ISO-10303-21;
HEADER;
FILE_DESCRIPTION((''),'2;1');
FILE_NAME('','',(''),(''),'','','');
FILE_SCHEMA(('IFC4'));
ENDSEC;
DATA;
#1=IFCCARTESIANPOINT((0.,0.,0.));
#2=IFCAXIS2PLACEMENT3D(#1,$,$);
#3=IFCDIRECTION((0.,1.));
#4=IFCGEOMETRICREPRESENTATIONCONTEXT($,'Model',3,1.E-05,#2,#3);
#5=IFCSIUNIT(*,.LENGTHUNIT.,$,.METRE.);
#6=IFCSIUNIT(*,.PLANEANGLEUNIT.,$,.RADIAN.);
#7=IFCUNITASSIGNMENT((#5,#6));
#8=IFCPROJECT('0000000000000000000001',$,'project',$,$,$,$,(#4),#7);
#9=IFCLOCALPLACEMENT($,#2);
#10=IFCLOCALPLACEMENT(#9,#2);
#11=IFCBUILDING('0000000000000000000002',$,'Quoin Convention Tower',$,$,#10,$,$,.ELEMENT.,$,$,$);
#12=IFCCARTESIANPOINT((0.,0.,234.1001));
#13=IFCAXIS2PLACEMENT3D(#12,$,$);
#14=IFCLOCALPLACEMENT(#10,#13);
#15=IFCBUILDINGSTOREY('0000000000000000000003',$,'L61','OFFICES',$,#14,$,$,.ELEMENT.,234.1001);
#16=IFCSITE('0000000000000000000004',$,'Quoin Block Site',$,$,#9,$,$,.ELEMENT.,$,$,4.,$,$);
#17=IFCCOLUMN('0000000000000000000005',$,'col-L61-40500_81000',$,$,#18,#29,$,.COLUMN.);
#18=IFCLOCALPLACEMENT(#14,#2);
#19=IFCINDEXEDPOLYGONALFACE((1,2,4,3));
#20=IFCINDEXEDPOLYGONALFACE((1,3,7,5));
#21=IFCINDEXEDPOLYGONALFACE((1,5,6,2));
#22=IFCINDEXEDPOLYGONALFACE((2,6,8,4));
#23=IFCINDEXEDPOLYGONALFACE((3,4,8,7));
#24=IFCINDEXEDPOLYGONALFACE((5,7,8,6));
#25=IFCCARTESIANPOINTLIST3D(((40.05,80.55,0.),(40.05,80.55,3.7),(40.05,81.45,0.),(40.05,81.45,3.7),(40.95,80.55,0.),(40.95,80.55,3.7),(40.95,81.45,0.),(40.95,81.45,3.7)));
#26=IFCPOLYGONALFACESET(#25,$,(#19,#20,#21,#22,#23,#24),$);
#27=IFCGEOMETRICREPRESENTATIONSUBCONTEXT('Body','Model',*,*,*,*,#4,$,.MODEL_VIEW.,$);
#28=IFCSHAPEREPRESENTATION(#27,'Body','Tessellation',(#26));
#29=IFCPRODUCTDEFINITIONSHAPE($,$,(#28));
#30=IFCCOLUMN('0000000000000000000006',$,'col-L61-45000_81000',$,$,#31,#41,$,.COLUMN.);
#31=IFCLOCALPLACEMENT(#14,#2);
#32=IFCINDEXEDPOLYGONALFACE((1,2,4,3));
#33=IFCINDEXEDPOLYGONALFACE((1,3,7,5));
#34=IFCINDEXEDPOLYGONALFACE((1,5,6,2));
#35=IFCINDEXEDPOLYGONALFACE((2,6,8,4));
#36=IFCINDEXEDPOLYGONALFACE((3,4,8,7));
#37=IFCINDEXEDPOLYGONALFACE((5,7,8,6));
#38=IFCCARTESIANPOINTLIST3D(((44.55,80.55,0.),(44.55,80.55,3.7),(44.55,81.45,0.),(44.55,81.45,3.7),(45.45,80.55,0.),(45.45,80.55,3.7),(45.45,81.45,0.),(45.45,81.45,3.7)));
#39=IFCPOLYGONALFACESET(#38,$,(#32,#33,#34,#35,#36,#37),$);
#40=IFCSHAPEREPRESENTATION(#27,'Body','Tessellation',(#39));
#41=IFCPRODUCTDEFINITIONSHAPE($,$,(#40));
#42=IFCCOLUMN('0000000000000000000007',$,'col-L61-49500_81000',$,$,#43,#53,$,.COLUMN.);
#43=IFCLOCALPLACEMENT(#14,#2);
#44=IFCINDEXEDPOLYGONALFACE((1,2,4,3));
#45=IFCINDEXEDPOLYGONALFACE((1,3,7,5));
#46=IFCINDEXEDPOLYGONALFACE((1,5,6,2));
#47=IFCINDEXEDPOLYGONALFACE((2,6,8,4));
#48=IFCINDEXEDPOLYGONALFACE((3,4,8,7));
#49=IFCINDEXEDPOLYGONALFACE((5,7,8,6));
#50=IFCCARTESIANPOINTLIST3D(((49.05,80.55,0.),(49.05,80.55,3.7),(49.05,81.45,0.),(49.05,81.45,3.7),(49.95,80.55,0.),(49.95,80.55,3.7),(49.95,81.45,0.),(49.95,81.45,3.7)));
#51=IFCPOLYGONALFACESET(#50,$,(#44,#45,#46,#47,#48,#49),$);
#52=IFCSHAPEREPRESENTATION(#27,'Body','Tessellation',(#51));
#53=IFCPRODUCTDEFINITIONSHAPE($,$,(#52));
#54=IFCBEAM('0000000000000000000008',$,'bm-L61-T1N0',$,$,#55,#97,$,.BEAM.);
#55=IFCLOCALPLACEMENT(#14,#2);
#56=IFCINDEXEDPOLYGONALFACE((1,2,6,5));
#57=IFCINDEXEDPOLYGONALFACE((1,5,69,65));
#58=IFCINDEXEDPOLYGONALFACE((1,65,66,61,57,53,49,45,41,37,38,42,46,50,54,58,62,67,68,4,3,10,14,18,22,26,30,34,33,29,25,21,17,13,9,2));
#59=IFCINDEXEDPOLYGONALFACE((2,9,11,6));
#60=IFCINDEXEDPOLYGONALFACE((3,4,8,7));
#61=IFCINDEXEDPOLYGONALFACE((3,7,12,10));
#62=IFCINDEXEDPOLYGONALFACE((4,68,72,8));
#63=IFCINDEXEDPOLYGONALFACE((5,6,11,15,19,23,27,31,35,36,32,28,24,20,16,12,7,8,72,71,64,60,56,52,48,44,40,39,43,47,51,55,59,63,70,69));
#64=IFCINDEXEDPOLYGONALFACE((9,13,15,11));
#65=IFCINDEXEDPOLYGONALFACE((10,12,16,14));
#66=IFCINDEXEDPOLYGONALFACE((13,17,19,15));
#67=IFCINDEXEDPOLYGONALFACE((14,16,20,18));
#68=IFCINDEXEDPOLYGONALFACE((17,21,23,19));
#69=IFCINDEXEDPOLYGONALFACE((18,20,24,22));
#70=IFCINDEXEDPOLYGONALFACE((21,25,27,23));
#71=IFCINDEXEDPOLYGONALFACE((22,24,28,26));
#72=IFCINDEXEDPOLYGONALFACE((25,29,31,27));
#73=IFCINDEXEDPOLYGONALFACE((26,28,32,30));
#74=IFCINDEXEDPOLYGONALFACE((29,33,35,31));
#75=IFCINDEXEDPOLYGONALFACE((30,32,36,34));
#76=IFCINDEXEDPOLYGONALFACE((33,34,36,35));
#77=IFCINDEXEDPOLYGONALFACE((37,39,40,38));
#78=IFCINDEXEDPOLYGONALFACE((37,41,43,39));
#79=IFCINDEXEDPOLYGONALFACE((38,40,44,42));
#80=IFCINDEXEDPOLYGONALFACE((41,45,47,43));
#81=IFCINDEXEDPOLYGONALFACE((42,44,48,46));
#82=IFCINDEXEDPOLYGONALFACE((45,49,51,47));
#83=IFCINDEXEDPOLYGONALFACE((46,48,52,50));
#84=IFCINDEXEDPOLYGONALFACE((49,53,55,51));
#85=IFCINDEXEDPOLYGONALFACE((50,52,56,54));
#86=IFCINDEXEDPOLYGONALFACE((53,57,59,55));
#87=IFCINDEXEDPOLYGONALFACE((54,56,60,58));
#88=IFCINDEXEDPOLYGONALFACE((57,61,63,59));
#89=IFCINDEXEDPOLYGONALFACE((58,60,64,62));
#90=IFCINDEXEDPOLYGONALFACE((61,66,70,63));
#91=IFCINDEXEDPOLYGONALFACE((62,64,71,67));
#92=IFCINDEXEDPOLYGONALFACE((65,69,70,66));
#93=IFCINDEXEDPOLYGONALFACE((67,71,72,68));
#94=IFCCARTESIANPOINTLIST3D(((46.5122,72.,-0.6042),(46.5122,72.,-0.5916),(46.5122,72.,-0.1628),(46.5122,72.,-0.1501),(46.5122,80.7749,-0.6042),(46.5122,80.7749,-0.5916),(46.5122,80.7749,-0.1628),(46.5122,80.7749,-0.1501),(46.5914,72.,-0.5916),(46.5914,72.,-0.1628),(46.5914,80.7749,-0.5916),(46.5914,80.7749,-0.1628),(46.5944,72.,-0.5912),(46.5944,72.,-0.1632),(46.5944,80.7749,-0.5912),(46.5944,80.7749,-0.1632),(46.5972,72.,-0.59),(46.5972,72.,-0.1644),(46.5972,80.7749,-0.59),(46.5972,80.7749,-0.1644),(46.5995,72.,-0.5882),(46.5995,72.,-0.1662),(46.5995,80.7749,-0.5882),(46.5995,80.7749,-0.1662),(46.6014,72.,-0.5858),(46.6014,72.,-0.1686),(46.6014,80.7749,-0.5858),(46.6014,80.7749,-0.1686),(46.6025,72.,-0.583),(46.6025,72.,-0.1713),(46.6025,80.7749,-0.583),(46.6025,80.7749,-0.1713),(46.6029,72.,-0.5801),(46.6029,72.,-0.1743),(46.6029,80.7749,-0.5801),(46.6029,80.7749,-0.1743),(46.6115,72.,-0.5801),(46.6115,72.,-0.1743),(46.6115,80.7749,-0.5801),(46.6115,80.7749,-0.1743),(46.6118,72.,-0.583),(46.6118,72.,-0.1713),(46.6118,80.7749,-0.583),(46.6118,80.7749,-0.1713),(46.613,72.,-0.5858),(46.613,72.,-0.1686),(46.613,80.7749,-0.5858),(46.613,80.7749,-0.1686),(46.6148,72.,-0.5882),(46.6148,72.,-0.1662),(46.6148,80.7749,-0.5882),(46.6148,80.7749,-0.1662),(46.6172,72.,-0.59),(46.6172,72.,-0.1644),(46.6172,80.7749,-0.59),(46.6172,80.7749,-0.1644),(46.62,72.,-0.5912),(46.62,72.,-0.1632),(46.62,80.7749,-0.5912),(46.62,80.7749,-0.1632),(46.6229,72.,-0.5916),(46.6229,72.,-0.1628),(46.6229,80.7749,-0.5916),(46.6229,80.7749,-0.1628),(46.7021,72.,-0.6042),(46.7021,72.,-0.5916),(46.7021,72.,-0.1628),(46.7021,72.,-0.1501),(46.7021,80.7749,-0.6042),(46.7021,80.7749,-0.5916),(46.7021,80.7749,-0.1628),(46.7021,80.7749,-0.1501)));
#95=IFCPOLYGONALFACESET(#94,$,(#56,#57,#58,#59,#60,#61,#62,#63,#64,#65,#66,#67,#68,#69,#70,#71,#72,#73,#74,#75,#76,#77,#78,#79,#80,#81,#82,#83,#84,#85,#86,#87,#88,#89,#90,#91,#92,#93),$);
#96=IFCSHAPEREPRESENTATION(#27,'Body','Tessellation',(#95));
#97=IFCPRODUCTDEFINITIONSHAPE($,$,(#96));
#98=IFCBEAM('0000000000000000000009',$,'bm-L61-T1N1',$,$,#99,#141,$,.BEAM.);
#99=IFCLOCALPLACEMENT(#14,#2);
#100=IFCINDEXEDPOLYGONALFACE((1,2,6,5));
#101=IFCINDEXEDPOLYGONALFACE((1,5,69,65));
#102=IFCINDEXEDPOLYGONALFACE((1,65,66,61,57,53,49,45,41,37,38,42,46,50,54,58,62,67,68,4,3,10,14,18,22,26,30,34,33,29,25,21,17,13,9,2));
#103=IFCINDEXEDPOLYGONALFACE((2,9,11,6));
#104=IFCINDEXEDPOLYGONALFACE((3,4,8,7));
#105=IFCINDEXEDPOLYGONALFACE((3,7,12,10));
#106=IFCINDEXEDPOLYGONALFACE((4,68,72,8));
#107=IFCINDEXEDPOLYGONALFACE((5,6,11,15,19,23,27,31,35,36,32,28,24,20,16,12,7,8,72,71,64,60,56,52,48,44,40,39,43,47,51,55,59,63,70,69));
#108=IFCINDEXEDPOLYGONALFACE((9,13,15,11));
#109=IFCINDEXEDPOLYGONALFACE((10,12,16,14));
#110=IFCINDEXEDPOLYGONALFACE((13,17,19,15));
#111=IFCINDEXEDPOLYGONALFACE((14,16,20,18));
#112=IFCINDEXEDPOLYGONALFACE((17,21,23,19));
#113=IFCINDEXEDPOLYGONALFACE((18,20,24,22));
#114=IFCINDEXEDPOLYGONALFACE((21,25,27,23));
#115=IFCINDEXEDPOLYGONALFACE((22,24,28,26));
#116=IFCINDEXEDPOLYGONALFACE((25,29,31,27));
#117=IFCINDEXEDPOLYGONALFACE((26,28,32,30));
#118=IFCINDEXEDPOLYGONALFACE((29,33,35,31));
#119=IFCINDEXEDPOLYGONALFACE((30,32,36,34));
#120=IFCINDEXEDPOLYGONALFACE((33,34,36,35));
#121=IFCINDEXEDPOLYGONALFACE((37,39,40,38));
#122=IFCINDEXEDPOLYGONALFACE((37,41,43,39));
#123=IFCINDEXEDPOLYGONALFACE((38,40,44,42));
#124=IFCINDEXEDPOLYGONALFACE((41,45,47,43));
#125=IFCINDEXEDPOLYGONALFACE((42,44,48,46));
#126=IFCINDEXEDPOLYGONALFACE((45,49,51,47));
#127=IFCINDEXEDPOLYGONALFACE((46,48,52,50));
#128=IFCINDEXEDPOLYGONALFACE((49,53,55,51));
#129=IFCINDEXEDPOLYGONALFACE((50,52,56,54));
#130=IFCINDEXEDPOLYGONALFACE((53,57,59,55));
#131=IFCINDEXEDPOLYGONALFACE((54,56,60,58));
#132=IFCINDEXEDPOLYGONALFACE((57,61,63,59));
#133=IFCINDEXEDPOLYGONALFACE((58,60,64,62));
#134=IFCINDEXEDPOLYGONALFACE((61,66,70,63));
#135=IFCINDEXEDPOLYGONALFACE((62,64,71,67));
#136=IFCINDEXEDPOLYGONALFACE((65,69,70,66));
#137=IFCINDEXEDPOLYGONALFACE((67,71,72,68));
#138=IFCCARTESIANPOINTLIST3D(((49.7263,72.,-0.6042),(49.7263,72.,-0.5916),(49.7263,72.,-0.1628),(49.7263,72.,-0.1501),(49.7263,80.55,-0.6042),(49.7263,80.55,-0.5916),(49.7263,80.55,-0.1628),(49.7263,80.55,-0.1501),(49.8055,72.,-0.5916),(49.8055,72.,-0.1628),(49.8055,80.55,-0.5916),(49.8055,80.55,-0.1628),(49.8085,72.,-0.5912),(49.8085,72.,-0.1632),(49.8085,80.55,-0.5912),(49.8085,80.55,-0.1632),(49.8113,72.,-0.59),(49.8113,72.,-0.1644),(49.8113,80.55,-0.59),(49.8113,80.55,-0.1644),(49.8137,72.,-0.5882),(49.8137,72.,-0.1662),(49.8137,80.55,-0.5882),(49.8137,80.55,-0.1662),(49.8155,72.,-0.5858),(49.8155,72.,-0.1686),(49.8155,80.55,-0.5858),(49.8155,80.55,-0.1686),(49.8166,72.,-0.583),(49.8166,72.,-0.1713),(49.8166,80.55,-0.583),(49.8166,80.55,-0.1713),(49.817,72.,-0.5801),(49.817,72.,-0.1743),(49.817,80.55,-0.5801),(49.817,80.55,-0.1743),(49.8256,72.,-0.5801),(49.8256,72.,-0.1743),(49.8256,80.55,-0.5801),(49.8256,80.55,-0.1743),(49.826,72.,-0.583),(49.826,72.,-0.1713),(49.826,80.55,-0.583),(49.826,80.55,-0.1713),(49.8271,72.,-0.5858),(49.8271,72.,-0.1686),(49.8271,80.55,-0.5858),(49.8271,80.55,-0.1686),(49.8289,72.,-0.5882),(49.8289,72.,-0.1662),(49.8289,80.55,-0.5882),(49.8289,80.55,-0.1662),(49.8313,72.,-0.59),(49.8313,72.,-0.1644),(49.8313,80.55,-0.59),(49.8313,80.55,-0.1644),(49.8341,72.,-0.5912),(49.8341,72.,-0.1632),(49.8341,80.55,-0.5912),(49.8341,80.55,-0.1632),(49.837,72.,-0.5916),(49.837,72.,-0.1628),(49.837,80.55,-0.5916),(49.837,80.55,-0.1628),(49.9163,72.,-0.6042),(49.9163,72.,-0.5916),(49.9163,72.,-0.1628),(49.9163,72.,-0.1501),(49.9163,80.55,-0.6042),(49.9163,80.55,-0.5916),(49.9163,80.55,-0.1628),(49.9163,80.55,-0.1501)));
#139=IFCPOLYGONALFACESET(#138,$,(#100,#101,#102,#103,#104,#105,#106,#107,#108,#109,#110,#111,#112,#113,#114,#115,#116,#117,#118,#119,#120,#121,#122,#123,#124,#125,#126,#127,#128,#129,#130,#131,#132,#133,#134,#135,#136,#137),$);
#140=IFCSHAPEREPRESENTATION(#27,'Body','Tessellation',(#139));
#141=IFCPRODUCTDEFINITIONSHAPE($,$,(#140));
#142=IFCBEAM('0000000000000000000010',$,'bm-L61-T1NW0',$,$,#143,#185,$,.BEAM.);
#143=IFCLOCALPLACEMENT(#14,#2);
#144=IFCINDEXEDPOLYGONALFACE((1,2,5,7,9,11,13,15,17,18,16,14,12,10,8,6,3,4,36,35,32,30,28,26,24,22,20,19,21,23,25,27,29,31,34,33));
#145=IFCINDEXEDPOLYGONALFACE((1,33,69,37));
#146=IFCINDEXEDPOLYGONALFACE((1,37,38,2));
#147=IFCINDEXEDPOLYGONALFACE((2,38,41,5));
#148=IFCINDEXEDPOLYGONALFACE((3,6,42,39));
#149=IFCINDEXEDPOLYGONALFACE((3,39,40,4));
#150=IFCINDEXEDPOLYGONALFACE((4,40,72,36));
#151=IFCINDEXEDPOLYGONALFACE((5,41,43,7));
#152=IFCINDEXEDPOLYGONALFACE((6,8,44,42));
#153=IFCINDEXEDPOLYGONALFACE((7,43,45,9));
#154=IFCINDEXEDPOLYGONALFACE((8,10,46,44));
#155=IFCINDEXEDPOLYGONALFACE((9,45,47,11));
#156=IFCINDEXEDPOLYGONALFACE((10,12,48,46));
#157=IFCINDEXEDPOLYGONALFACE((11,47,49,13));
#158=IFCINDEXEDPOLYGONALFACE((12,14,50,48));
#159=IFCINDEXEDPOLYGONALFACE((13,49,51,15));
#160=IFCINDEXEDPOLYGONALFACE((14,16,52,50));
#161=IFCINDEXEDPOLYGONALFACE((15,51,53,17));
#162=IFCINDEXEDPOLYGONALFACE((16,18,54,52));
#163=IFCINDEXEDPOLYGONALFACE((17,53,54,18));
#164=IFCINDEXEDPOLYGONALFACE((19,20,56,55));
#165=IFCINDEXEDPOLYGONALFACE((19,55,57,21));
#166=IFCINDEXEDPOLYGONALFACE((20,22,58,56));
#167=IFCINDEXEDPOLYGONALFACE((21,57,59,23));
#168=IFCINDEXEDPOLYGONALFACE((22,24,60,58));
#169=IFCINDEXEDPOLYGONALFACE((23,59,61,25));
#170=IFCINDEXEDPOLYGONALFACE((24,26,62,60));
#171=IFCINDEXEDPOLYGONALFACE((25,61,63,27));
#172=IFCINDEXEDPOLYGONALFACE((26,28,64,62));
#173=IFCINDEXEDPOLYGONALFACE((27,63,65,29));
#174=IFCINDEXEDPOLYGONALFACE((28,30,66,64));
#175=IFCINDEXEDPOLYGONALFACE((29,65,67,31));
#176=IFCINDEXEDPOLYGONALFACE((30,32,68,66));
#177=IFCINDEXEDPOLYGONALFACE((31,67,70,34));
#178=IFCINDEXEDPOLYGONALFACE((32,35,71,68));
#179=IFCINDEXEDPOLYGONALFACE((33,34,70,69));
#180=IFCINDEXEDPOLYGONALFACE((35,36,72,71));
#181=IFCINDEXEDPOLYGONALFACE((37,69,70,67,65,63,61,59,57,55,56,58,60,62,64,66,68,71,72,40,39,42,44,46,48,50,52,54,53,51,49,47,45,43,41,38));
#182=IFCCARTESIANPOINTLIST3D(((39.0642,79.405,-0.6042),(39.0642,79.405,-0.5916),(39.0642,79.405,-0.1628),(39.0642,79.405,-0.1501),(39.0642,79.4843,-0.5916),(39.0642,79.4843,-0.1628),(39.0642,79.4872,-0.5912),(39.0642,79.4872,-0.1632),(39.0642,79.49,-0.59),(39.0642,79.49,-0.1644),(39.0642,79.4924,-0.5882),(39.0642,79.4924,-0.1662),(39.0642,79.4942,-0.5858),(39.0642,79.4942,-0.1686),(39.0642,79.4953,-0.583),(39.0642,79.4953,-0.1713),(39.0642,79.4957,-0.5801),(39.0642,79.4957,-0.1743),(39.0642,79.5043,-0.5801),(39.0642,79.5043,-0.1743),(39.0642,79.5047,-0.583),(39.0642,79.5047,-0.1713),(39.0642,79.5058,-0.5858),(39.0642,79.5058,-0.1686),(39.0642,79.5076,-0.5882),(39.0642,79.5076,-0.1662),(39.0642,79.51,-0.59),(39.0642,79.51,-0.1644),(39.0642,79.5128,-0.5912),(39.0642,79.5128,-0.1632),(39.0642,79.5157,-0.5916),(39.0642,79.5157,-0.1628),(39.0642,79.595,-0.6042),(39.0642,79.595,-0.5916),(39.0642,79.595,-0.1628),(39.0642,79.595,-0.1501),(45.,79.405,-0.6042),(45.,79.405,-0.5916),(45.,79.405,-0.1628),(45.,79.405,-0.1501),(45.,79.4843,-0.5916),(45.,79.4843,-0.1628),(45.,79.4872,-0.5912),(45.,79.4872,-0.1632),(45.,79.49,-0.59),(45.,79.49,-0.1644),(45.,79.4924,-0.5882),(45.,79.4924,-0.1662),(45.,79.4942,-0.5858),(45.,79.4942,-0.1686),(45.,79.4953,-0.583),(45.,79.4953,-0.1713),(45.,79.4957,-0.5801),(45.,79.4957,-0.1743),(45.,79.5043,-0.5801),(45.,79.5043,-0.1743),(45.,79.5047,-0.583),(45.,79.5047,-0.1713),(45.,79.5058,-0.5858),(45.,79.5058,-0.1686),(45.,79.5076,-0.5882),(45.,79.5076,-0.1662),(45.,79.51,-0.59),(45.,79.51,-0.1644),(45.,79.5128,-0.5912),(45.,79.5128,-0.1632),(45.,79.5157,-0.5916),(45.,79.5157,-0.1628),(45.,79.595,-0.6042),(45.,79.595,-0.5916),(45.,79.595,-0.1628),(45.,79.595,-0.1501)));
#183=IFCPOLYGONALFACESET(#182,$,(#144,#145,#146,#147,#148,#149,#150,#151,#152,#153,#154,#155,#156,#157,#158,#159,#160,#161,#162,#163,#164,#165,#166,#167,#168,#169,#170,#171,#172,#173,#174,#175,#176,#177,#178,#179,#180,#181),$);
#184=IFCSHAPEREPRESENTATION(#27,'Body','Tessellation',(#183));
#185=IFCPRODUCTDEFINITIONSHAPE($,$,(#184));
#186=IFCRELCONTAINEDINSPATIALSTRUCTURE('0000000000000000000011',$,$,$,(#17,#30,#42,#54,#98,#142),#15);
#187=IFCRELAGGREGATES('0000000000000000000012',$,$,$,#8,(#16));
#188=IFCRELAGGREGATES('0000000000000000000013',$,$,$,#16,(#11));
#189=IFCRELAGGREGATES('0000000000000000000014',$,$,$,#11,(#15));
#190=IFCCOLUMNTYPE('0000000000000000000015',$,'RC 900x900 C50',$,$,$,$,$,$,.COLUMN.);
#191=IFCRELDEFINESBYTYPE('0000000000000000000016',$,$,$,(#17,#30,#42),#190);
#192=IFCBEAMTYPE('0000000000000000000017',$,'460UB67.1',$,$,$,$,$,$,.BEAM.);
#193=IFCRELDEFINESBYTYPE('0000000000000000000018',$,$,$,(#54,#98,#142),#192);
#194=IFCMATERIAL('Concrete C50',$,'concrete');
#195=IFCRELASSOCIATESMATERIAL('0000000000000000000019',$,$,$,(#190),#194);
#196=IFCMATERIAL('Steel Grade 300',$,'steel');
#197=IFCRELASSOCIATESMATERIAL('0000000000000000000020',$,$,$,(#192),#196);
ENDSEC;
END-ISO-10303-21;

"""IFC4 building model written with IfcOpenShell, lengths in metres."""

from ifc_helpers import new_model, si_unit, direction, frame, origin, origin_2d, place, context, subcontext, project, spatial, rectangle, i_section, extrude, material, material_profile, profile_set, type_object, element, save


model = new_model("IFC4")

# Units and contexts
model_context = context("Model", 3, precision=1e-05, world=origin(), true_north=direction((0.0, 1.0)))
body_context = subcontext(model_context, "Body", "Model", "MODEL_VIEW")
ifc_project = project(units=[si_unit("LENGTHUNIT", "METRE"), si_unit("PLANEANGLEUNIT", "RADIAN")], contexts=[model_context])

# Site, building, storey
site_placement = place(None, origin())
site = spatial("IfcSite", under=ifc_project, at=site_placement, Name="Quoin Block Site", CompositionType="ELEMENT", RefElevation=4.0)
building_placement = place(site_placement, origin())
building = spatial("IfcBuilding", under=site, at=building_placement, Name="Quoin Convention Tower", CompositionType="ELEMENT")
storey_placement = place(building_placement, frame((0.0, 0.0, 234.1001)))
storey = spatial("IfcBuildingStorey", under=building, at=storey_placement, Name="L61", Description="OFFICES", CompositionType="ELEMENT", Elevation=234.1001)

# Columns
ifc_material_1 = material(Name="Concrete C50", Category="concrete")
ifc_material_profile_1 = material_profile(ifc_material_1, rectangle(XDim=0.8999, YDim=0.8999, at=origin_2d()), Name="RC 900x900")
ifc_profile_set_1 = profile_set([ifc_material_profile_1], Name="Concrete C50")
column_type = type_object("IfcColumnType", Name="RC 900x900 C50", PredefinedType="COLUMN", material=ifc_profile_set_1)
for number, where, z_axis, x_axis, name in (
    (1, (40.5, 81.0, 0.0), (0.0, 0.0, 1.0), (1.0, 0.0, 0.0), "col-L61-40500_81000"),
    (2, (45.0, 81.0, 0.0), (0.0, 0.0, 1.0), (1.0, 0.0, 0.0), "col-L61-45000_81000"),
    (3, (49.5, 81.0, 0.0), (0.0, 0.0, 1.0), (1.0, 0.0, 0.0), "col-L61-49500_81000"),
):
    element("IfcColumn", number, at=place(storey_placement, frame(where, z_axis=z_axis, x_axis=x_axis)), inside=storey, type_object=column_type, Name=name, PredefinedType="COLUMN", context=body_context, shape_type="SweptSolid", body=[
        extrude(rectangle(XDim=0.8999, YDim=0.8999, at=origin_2d()), origin(), (0.0, 0.0, 1.0), 3.7),
    ])

# Beams
ifc_material_2 = material(Name="Steel Grade 300", Category="steel")
ifc_material_profile_2 = material_profile(ifc_material_2, i_section(OverallWidth=0.1899, OverallDepth=0.4541, WebThickness=0.0085, FlangeThickness=0.0127, FilletRadius=0.0115, at=origin_2d()), Name="460UB67.1")
ifc_profile_set_2 = profile_set([ifc_material_profile_2], Name="Steel Grade 300")
beam_type_1 = type_object("IfcBeamType", Name="460UB67.1", PredefinedType="BEAM", material=ifc_profile_set_2)
beam_1_placement = place(storey_placement, frame((46.6072, 72.0, -0.3772), z_axis=(0.0, 1.0, 0.0), x_axis=(-1.0, 0.0, 0.0)))
element("IfcBeam", 4, at=beam_1_placement, inside=storey, type_object=beam_type_1, Name="bm-L61-T1N0", PredefinedType="BEAM", context=body_context, shape_type="SweptSolid", body=[
    extrude(i_section(OverallWidth=0.1899, OverallDepth=0.4541, WebThickness=0.0085, FlangeThickness=0.0127, FilletRadius=0.0115, at=origin_2d()), origin(), (0.0, 0.0, 1.0), 8.7749),
])
beam_2_placement = place(storey_placement, frame((49.8213, 72.0, -0.3772), z_axis=(0.0, 1.0, 0.0), x_axis=(-1.0, 0.0, 0.0)))
element("IfcBeam", 5, at=beam_2_placement, inside=storey, type_object=beam_type_1, Name="bm-L61-T1N1", PredefinedType="BEAM", context=body_context, shape_type="SweptSolid", body=[
    extrude(i_section(OverallWidth=0.1899, OverallDepth=0.4541, WebThickness=0.0085, FlangeThickness=0.0127, FilletRadius=0.0115, at=origin_2d()), origin(), (0.0, 0.0, 1.0), 8.55),
])
beam_3_placement = place(storey_placement, frame((39.0642, 79.5, -0.3772), z_axis=(1.0, 0.0, 0.0), x_axis=(0.0, 1.0, 0.0)))
element("IfcBeam", 6, at=beam_3_placement, inside=storey, type_object=beam_type_1, Name="bm-L61-T1NW0", PredefinedType="BEAM", context=body_context, shape_type="SweptSolid", body=[
    extrude(i_section(OverallWidth=0.1899, OverallDepth=0.4541, WebThickness=0.0085, FlangeThickness=0.0127, FilletRadius=0.0115, at=origin_2d()), origin(), (0.0, 0.0, 1.0), 5.9358),
])

save(model, "model.ifc")
